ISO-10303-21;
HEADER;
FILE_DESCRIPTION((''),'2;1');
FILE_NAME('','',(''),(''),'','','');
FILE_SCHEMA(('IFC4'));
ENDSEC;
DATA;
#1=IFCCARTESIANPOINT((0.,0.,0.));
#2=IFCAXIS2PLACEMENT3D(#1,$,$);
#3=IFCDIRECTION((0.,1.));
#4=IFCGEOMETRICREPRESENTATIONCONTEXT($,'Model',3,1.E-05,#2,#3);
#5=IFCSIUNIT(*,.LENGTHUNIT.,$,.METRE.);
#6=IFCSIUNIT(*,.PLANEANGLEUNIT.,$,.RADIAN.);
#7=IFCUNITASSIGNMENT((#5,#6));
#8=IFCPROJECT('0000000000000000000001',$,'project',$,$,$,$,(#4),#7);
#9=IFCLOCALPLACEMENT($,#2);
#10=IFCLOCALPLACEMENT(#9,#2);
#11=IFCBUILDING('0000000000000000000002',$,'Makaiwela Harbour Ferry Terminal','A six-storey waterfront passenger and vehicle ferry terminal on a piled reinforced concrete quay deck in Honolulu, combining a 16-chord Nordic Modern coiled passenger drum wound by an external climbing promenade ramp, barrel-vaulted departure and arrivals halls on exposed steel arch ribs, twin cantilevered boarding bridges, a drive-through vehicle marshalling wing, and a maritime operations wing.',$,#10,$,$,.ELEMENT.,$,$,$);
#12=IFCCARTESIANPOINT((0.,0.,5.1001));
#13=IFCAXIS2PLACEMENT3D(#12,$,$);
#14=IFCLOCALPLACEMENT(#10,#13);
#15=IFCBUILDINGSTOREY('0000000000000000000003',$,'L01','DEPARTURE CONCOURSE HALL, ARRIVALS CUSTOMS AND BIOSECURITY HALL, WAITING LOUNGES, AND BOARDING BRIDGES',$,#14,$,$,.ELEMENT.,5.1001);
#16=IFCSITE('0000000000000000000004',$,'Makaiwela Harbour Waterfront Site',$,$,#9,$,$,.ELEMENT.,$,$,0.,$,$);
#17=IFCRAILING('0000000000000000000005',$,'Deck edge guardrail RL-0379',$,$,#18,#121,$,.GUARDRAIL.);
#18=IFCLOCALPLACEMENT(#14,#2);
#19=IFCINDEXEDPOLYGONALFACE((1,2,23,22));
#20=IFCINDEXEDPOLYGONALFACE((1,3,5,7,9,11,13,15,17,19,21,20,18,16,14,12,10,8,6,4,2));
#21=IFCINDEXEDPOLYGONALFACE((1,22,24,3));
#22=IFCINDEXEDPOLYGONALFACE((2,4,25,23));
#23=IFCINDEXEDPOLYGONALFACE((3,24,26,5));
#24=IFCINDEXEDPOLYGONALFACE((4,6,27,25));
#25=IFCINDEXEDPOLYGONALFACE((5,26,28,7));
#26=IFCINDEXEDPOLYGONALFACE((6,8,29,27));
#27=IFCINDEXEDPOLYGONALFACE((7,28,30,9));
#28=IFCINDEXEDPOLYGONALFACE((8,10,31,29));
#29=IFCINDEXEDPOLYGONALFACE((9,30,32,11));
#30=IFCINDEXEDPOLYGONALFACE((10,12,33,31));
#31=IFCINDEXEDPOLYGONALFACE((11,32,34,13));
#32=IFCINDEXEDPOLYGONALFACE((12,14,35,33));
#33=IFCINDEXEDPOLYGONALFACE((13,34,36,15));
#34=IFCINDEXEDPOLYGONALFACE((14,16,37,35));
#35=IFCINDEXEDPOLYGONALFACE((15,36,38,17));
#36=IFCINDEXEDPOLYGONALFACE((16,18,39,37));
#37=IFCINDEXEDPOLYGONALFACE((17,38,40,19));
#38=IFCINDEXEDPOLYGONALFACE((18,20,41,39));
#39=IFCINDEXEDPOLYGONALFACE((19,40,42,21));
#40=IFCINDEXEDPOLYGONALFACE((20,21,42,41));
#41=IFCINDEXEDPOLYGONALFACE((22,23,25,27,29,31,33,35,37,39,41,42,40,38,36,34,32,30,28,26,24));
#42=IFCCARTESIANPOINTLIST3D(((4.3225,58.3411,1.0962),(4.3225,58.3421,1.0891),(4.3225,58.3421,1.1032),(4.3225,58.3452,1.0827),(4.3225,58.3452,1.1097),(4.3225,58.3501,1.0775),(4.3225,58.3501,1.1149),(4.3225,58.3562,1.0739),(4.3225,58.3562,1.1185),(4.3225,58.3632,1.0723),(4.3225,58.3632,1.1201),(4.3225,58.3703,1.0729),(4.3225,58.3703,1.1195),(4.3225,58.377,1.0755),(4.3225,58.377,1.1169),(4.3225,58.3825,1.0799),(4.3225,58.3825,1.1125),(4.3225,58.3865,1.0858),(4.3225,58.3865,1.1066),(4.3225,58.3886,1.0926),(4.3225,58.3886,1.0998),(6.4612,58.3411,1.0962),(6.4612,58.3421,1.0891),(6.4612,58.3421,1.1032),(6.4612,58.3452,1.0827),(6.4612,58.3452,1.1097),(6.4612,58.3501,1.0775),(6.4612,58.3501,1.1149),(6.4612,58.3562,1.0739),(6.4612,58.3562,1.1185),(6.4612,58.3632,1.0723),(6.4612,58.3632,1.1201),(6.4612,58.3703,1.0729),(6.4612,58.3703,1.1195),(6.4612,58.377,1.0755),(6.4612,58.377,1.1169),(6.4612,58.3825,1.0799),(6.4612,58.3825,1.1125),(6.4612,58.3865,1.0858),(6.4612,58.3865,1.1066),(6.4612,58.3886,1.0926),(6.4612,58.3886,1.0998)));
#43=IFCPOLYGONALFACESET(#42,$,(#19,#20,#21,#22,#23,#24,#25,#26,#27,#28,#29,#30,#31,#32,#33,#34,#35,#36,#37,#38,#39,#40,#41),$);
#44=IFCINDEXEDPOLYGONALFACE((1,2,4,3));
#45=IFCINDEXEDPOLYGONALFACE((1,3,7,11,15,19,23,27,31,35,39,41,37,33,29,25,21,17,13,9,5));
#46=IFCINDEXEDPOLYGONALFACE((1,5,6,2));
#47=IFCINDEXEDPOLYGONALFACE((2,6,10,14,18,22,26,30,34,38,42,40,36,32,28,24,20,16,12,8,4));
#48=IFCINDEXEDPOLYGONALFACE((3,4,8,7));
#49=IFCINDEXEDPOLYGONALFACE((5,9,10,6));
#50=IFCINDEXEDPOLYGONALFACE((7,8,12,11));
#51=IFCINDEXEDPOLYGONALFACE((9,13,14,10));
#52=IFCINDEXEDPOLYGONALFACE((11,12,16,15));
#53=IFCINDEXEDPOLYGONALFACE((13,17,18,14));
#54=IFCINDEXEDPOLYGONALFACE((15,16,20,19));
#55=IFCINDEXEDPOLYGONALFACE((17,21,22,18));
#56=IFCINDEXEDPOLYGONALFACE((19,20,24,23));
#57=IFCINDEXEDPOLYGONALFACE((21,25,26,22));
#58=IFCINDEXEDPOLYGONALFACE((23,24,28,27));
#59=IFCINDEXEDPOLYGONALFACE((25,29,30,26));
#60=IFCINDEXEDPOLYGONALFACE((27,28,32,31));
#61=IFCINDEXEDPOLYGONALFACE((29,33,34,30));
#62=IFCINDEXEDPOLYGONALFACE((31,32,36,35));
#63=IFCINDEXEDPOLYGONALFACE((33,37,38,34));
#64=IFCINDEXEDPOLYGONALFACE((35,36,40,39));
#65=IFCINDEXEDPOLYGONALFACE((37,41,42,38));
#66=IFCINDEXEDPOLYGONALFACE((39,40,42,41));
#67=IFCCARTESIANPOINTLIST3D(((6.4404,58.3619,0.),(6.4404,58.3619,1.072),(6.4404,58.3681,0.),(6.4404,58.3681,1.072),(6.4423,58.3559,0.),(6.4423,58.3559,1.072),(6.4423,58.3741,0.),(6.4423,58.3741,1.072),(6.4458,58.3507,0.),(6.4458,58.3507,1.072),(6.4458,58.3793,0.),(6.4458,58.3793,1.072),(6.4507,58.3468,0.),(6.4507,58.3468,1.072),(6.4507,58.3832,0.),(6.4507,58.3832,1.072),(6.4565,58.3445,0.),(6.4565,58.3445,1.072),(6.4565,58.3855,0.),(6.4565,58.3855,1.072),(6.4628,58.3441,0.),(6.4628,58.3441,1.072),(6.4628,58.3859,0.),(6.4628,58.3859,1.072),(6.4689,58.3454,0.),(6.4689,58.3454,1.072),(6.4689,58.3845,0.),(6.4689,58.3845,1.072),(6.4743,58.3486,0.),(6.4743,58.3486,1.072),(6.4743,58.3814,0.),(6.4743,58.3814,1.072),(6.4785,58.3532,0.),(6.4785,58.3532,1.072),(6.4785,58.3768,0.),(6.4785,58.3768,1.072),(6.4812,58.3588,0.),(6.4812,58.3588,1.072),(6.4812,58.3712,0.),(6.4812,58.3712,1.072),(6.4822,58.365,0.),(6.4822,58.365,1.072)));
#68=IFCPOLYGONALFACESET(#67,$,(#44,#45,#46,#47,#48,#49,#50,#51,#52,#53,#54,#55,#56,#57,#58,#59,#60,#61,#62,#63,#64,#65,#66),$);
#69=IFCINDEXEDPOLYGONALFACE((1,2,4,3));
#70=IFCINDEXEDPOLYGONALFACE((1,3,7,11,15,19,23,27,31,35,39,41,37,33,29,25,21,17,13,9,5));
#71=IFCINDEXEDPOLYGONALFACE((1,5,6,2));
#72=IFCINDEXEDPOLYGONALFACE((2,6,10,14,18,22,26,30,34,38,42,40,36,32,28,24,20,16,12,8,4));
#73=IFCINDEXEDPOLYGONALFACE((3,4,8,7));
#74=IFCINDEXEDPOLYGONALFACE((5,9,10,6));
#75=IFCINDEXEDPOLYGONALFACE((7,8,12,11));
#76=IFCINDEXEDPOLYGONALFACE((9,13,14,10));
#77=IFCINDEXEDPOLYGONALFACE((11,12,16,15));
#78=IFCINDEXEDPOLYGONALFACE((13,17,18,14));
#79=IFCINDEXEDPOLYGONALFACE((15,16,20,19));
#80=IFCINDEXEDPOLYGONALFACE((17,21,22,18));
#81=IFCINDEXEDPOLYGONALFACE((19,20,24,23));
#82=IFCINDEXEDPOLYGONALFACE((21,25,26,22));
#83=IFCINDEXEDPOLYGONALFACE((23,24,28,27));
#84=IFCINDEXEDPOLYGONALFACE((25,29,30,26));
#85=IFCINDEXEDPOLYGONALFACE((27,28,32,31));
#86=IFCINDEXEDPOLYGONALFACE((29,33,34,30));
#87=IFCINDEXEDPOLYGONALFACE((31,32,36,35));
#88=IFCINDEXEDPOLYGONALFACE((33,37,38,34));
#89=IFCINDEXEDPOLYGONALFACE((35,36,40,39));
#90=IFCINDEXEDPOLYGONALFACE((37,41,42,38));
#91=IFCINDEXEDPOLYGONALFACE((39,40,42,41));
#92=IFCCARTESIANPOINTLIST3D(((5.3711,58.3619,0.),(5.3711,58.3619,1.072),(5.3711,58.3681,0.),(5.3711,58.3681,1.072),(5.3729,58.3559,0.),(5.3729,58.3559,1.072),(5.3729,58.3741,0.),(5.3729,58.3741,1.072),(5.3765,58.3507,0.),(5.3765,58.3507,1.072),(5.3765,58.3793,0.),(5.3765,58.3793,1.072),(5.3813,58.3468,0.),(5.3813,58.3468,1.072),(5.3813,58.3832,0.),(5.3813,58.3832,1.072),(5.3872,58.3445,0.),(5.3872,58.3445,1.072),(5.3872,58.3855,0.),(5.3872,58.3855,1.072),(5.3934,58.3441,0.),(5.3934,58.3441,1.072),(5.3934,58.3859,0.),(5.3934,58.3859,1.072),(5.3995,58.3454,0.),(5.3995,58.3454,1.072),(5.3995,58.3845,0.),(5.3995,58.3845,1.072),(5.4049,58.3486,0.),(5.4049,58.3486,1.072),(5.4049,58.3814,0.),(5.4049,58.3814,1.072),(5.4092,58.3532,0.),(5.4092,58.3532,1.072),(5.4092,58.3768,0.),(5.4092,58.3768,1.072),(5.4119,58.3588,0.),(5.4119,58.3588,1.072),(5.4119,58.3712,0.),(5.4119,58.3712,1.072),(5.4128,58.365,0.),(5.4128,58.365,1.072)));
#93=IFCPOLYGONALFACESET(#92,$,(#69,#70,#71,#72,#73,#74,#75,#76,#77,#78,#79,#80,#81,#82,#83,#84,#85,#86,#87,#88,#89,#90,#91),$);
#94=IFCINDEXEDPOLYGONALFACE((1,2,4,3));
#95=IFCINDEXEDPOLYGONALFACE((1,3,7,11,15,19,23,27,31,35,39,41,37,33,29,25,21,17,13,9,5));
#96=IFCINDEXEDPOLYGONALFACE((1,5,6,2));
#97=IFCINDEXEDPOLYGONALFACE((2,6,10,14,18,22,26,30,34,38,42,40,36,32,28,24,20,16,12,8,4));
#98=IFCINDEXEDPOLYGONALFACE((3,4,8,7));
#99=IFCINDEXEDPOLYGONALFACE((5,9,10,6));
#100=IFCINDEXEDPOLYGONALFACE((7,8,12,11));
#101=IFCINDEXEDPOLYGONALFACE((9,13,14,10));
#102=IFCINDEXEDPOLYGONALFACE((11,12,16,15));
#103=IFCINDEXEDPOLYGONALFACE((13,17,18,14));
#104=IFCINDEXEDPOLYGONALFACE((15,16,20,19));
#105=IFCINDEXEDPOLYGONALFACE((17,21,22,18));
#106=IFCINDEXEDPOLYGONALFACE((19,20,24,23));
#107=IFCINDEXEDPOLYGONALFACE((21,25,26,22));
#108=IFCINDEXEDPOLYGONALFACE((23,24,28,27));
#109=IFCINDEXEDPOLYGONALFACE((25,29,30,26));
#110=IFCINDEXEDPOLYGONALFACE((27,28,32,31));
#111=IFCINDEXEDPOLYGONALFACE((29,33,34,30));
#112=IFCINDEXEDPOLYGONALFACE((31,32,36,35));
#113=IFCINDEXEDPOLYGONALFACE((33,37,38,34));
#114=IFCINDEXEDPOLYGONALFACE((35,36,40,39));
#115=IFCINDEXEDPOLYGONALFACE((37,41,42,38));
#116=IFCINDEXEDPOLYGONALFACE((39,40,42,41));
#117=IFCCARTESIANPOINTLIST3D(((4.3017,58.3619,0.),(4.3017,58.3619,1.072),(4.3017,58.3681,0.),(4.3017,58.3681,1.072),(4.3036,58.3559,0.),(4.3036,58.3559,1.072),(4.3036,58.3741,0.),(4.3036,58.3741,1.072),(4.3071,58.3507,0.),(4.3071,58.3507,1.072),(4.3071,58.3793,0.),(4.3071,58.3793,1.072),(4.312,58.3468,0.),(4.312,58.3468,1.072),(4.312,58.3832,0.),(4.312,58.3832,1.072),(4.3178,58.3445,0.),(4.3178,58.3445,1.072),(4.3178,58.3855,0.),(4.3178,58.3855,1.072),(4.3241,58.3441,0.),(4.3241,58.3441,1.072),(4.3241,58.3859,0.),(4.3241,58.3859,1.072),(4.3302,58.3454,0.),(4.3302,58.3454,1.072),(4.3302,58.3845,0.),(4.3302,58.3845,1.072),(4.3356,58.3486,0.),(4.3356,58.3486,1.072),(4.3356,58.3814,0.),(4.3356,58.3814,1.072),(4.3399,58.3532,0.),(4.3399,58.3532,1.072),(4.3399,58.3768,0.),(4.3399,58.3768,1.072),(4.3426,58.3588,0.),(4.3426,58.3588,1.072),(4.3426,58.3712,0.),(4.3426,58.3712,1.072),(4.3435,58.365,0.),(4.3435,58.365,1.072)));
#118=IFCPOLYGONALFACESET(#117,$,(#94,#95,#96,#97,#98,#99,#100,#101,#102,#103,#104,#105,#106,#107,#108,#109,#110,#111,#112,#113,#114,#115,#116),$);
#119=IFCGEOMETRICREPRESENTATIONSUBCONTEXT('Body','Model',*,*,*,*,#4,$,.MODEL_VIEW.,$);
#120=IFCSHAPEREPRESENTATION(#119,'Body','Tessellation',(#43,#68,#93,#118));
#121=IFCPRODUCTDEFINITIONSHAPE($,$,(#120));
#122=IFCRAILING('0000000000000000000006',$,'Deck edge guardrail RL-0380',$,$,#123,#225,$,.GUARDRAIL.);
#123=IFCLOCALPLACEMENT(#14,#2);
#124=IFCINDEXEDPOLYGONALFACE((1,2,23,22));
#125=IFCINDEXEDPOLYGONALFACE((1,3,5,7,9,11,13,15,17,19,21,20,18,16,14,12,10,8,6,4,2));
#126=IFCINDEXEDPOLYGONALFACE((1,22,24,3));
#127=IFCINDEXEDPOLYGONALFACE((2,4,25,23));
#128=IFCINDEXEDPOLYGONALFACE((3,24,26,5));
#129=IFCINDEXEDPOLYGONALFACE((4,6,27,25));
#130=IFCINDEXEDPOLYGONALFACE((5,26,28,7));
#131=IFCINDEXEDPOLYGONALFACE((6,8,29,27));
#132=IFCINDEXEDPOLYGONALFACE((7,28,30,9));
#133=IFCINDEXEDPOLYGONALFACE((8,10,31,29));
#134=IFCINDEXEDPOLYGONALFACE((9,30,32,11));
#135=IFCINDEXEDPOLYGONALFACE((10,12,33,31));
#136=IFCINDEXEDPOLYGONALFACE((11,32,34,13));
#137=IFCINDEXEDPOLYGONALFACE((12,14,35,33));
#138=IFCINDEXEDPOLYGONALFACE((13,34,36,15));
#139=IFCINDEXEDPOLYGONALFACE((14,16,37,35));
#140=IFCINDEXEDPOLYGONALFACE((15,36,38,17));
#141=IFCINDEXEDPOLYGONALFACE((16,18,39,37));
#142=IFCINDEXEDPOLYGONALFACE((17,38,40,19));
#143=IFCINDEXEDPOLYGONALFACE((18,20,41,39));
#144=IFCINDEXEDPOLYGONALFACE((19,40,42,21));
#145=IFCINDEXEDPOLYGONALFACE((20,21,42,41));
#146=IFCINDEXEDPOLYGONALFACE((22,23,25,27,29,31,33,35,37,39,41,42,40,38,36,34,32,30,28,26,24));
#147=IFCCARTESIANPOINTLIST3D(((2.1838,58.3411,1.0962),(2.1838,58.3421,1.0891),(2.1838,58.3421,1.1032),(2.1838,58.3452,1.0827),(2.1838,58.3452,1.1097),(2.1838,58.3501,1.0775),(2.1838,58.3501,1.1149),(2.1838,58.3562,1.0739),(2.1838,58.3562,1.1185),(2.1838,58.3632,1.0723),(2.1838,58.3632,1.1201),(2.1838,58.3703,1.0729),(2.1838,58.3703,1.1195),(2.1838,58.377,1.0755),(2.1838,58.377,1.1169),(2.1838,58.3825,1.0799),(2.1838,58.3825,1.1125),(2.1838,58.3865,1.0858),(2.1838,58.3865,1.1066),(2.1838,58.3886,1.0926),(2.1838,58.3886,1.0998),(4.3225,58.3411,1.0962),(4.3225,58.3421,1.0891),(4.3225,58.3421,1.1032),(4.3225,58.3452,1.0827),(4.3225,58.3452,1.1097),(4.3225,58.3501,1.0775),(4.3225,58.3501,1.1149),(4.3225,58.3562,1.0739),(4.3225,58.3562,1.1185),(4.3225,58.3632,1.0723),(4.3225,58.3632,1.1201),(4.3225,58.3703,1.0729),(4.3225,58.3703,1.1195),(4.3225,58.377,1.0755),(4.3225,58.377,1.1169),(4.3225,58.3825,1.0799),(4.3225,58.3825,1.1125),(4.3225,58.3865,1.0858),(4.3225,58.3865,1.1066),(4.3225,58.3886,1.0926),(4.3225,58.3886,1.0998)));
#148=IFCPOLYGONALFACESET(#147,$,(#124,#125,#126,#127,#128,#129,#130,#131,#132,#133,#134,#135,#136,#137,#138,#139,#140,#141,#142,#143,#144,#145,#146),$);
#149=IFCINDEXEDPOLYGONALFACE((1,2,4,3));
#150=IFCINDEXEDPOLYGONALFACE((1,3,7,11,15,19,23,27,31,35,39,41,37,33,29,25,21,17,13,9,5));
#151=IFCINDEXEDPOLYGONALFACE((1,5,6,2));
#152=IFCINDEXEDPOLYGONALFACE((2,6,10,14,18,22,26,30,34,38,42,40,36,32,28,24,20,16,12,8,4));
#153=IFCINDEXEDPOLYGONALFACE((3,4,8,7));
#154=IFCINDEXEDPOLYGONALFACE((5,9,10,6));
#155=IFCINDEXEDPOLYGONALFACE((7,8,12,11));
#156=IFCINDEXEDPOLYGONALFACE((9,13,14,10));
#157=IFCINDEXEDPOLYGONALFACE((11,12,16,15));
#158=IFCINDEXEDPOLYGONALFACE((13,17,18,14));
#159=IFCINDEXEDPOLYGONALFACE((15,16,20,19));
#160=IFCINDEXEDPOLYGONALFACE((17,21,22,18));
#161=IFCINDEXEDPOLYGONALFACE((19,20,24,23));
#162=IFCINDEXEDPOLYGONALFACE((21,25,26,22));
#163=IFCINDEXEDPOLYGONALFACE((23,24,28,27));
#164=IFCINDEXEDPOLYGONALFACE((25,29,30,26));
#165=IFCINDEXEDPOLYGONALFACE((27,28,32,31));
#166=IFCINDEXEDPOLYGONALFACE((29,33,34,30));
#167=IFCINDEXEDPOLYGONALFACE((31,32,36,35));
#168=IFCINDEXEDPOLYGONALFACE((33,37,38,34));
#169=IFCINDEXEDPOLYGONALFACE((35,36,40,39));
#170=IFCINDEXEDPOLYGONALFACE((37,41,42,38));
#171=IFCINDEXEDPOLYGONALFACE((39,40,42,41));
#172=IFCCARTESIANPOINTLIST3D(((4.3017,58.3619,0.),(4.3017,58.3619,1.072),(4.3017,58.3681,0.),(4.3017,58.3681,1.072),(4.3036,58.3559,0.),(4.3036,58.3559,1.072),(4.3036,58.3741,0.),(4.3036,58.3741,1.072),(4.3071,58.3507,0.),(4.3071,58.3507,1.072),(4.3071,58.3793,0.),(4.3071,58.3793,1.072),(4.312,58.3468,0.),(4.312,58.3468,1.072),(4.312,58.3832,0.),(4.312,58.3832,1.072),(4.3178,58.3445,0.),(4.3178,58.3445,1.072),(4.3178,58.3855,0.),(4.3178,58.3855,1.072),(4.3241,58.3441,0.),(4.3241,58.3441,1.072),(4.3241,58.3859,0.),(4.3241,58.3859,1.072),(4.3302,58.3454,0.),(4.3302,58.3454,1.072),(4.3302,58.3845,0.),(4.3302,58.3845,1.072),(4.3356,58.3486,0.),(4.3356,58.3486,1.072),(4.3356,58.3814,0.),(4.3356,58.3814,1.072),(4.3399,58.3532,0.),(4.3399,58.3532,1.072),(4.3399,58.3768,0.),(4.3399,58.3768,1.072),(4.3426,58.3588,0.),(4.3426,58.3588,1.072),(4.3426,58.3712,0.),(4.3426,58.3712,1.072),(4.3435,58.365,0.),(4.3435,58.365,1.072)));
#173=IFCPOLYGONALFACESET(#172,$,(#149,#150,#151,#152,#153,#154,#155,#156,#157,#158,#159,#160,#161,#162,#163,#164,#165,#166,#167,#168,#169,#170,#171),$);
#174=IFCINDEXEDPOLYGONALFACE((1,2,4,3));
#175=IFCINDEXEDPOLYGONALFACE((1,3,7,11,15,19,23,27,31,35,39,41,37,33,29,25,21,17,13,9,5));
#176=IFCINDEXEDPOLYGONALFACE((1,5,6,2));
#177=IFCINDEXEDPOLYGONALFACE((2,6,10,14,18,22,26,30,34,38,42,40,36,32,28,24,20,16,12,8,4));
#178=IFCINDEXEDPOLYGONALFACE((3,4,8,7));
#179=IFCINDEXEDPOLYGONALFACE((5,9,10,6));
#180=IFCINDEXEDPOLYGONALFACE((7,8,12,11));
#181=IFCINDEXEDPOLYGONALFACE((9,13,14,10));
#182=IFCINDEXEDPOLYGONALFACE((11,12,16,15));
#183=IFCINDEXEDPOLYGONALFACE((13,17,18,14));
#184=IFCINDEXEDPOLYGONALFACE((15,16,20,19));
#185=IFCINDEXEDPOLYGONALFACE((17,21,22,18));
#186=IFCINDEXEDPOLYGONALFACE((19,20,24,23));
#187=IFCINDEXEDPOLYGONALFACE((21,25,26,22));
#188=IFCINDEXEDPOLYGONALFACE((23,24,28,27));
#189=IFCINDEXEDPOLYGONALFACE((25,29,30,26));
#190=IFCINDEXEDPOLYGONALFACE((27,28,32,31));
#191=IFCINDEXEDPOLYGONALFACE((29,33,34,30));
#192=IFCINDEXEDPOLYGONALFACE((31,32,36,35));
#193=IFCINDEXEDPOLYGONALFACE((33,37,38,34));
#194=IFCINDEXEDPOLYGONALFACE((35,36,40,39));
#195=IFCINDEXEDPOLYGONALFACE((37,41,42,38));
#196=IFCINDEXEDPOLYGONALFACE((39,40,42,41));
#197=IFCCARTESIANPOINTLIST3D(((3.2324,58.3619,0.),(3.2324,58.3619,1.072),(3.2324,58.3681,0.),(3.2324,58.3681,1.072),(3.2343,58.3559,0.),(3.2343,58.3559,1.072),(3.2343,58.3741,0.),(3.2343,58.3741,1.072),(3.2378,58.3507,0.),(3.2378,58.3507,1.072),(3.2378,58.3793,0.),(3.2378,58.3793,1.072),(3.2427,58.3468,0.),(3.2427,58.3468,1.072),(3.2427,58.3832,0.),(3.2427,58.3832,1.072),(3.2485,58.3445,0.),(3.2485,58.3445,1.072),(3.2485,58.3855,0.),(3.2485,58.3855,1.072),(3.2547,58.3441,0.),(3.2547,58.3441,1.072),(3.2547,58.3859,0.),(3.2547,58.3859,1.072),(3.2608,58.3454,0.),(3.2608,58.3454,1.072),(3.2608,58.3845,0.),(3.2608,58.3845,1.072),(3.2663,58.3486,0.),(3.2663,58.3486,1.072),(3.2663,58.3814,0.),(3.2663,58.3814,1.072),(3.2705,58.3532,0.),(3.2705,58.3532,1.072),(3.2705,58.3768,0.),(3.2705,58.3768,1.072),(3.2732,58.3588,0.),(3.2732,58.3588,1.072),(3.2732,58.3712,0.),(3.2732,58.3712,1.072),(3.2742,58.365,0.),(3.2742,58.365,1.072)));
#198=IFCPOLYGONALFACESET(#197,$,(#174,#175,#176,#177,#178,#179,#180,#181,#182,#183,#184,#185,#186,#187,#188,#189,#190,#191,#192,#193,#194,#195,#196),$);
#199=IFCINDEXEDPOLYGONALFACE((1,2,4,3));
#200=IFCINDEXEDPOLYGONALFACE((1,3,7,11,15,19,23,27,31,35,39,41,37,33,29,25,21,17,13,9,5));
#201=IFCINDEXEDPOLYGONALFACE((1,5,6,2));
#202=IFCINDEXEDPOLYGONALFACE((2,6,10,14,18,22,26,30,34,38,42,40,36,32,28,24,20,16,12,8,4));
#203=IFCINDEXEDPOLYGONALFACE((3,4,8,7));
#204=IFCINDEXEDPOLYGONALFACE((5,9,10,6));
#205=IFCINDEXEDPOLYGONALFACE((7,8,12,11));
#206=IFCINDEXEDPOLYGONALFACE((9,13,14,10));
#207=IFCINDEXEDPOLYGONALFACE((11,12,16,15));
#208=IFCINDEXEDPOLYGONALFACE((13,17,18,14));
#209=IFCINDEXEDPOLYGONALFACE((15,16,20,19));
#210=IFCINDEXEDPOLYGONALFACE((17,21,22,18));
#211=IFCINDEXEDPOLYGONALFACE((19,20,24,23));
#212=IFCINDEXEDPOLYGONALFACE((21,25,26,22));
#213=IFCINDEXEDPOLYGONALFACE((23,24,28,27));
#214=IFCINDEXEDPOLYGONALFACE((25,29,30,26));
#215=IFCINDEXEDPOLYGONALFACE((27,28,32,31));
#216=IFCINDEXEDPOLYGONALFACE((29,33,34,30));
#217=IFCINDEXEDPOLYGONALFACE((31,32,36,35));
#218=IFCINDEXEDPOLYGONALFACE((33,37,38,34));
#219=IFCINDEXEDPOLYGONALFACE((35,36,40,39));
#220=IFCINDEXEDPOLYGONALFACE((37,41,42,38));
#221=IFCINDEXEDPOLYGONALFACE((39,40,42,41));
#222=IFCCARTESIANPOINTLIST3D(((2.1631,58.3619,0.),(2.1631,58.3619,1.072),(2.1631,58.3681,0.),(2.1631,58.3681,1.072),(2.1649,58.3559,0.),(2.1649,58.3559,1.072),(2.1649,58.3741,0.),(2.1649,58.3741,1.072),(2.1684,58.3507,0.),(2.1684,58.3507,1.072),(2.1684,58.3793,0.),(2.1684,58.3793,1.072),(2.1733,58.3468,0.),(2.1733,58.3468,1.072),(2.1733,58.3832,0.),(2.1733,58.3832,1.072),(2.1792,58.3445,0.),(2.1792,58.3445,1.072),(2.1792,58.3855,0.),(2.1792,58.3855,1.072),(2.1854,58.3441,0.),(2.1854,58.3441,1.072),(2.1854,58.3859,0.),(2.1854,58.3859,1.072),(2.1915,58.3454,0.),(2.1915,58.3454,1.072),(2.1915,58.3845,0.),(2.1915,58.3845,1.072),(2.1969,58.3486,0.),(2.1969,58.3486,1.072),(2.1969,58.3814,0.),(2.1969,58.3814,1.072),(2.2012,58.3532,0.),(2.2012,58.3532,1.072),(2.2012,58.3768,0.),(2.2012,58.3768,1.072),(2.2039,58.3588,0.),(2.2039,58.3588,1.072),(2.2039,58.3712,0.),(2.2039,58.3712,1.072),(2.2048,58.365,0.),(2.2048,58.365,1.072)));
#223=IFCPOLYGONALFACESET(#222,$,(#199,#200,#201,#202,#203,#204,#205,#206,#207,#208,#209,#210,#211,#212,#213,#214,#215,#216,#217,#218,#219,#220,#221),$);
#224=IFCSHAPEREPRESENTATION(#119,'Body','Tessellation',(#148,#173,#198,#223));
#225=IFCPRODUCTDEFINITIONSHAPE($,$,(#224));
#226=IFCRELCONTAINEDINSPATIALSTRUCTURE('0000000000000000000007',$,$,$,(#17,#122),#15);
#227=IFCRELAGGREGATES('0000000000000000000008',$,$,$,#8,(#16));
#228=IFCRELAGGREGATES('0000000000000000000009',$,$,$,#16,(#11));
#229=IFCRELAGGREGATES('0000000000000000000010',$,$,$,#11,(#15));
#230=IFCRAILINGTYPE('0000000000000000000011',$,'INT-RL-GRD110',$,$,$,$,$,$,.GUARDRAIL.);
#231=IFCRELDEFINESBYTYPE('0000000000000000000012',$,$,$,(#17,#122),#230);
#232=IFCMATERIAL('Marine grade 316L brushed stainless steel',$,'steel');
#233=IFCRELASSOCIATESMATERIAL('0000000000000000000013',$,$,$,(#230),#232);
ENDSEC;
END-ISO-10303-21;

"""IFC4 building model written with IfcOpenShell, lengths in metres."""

from ifc_helpers import new_model, si_unit, direction, frame, origin, origin_2d, place, context, subcontext, project, spatial, circle, extrude, material, type_object, element, save


model = new_model("IFC4")

# Units and contexts
model_context = context("Model", 3, precision=1e-05, world=origin(), true_north=direction((0.0, 1.0)))
body_context = subcontext(model_context, "Body", "Model", "MODEL_VIEW")
ifc_project = project(units=[si_unit("LENGTHUNIT", "METRE"), si_unit("PLANEANGLEUNIT", "RADIAN")], contexts=[model_context])

# Site, building, storey
site_placement = place(None, origin())
site = spatial("IfcSite", under=ifc_project, at=site_placement, Name="Makaiwela Harbour Waterfront Site", CompositionType="ELEMENT", RefElevation=0.0)
building_placement = place(site_placement, origin())
building = spatial("IfcBuilding", under=site, at=building_placement, Name="Makaiwela Harbour Ferry Terminal", Description="A six-storey waterfront passenger and vehicle ferry terminal on a piled reinforced concrete quay deck in Honolulu, combining a 16-chord Nordic Modern coiled passenger drum wound by an external climbing promenade ramp, barrel-vaulted departure and arrivals halls on exposed steel arch ribs, twin cantilevered boarding bridges, a drive-through vehicle marshalling wing, and a maritime operations wing.", CompositionType="ELEMENT")
storey_placement = place(building_placement, frame((0.0, 0.0, 5.1001)))
storey = spatial("IfcBuildingStorey", under=building, at=storey_placement, Name="L01", Description="DEPARTURE CONCOURSE HALL, ARRIVALS CUSTOMS AND BIOSECURITY HALL, WAITING LOUNGES, AND BOARDING BRIDGES", CompositionType="ELEMENT", Elevation=5.1001)

# Railings
ifc_material_1 = material(Name="Marine grade 316L brushed stainless steel", Category="steel")
railing_type = type_object("IfcRailingType", Name="INT-RL-GRD110", PredefinedType="GUARDRAIL", material=ifc_material_1)
for number, where, name in (
    (1, (6.4612, 58.365, 0.0), "Deck edge guardrail RL-0379"),
    (2, (4.3225, 58.365, 0.0), "Deck edge guardrail RL-0380"),
):
    element("IfcRailing", number, at=place(storey_placement, frame(where)), inside=storey, type_object=railing_type, Name=name, PredefinedType="GUARDRAIL", context=body_context, shape_type="SweptSolid", body=[
        extrude(circle(Radius=0.0239, at=origin_2d()), frame((0.0, 0.0, 1.0962), z_axis=(-1.0, 0.0, 0.0), x_axis=(0.0, -1.0, 0.0)), (0.0, 0.0, 1.0), 2.1387),
        extrude(circle(Radius=0.021, at=origin_2d()), origin(), (0.0, 0.0, 1.0), 1.072),
        extrude(circle(Radius=0.021, at=origin_2d()), frame((-1.0693, 0.0, 0.0)), (0.0, 0.0, 1.0), 1.072),
        extrude(circle(Radius=0.021, at=origin_2d()), frame((-2.1387, 0.0, 0.0)), (0.0, 0.0, 1.0), 1.072),
    ])

save(model, "model.ifc")
